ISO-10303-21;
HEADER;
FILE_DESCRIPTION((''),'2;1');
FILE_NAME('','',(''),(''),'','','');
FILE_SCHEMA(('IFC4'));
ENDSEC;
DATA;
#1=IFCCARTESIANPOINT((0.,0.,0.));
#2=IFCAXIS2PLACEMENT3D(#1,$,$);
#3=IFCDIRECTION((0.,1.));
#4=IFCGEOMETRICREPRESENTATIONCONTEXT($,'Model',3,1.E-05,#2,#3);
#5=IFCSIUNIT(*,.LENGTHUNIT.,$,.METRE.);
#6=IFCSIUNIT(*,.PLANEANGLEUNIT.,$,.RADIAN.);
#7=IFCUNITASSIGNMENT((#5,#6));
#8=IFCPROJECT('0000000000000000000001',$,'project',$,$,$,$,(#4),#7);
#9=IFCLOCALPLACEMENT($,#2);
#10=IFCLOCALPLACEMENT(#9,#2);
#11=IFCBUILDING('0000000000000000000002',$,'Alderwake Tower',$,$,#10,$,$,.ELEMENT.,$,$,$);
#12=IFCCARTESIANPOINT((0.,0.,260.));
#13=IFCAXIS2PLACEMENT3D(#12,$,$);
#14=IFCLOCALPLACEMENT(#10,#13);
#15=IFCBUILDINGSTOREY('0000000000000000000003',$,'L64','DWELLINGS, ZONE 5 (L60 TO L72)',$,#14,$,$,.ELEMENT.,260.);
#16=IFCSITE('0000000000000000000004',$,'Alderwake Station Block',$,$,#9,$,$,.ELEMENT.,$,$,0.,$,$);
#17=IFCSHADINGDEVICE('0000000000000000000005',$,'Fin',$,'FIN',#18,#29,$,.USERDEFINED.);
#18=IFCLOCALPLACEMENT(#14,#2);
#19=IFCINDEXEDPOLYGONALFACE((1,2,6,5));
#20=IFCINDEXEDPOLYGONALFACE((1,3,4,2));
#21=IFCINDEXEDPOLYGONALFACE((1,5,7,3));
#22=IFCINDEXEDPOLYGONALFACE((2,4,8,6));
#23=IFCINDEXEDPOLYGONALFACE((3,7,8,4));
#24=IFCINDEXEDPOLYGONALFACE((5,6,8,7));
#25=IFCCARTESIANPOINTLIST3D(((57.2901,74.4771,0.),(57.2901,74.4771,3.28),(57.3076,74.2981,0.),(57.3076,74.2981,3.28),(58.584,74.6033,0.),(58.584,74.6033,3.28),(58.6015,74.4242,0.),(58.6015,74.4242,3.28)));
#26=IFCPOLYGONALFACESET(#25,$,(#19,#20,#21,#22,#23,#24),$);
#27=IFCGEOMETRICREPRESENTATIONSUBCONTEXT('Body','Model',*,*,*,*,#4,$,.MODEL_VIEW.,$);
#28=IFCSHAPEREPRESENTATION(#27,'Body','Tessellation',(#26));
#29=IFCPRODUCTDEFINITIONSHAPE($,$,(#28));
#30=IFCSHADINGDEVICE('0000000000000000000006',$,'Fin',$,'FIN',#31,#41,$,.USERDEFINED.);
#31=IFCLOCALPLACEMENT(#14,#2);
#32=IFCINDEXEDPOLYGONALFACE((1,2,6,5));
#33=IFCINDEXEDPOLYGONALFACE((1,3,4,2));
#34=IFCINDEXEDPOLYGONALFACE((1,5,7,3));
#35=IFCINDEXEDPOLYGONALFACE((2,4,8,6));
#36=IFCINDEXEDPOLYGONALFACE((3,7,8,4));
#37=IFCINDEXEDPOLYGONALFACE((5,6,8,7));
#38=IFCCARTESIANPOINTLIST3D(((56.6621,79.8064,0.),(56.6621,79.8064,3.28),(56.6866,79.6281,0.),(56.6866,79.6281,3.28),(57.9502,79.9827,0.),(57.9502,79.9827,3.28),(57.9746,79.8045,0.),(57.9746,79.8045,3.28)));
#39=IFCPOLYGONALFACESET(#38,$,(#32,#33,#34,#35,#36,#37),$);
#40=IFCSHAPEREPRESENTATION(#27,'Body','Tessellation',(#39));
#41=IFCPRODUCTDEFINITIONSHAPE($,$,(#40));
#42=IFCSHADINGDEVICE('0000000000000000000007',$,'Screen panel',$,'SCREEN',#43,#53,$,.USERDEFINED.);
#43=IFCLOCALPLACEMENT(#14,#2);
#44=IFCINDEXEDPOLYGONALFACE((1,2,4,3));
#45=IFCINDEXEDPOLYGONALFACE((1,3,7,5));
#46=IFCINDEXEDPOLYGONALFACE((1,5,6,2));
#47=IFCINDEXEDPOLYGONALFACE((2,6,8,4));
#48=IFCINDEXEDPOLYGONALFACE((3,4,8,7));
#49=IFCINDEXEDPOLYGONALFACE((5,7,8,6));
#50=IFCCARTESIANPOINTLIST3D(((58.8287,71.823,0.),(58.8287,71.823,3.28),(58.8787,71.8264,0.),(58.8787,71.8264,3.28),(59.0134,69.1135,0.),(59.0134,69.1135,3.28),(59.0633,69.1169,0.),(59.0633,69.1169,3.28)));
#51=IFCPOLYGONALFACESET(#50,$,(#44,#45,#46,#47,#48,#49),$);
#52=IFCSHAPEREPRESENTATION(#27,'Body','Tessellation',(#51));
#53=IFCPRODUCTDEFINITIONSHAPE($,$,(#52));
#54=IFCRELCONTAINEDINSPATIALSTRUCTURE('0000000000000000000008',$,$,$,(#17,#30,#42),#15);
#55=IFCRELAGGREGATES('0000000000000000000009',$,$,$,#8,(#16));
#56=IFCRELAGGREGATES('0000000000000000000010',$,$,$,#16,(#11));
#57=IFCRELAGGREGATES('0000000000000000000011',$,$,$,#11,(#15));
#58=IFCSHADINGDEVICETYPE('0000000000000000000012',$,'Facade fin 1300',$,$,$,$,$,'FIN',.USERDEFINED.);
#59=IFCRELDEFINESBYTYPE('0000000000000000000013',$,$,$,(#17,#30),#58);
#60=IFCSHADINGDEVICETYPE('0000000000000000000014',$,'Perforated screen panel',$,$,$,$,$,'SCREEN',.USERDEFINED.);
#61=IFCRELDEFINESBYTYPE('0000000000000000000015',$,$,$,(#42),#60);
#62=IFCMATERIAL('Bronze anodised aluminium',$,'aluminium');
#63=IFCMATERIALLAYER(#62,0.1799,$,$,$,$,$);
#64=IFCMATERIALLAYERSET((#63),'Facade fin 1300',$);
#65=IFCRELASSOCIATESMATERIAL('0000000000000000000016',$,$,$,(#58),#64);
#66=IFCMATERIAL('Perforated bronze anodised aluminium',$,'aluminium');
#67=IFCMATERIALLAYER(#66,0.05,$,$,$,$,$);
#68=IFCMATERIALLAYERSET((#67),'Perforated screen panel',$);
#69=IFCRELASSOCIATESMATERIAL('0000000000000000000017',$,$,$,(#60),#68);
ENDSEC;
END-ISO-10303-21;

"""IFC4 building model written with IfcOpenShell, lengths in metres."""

from ifc_helpers import new_model, si_unit, direction, frame, origin, origin_2d, place, context, subcontext, project, spatial, rectangle, extrude, material, layer, layer_set, type_object, element, save


model = new_model("IFC4")

# Units and contexts
model_context = context("Model", 3, precision=1e-05, world=origin(), true_north=direction((0.0, 1.0)))
body_context = subcontext(model_context, "Body", "Model", "MODEL_VIEW")
ifc_project = project(units=[si_unit("LENGTHUNIT", "METRE"), si_unit("PLANEANGLEUNIT", "RADIAN")], contexts=[model_context])

# Site, building, storey
site_placement = place(None, origin())
site = spatial("IfcSite", under=ifc_project, at=site_placement, Name="Alderwake Station Block", CompositionType="ELEMENT", RefElevation=0.0)
building_placement = place(site_placement, origin())
building = spatial("IfcBuilding", under=site, at=building_placement, Name="Alderwake Tower", CompositionType="ELEMENT")
storey_placement = place(building_placement, frame((0.0, 0.0, 260.0)))
storey = spatial("IfcBuildingStorey", under=building, at=storey_placement, Name="L64", Description="DWELLINGS, ZONE 5 (L60 TO L72)", CompositionType="ELEMENT", Elevation=260.0)

# Shading devices
ifc_material_1 = material(Name="Bronze anodised aluminium", Category="aluminium")
ifc_layer_1 = layer(ifc_material_1, 0.1799)
ifc_layer_set_1 = layer_set([ifc_layer_1], Name="Facade fin 1300")
shading_device_type_1 = type_object("IfcShadingDeviceType", Name="Facade fin 1300", ElementType="FIN", PredefinedType="USERDEFINED", material=ifc_layer_set_1)
for number, where, z_axis, x_axis, name in (
    (1, (57.9458, 74.4507, 0.0), (0.0, 0.0, 1.0), (0.99528, 0.097046, 0.0), "Fin"),
    (2, (57.3184, 79.8054, 0.0), (0.0, 0.0, 1.0), (0.990753, 0.135681, 0.0), "Fin"),
):
    element("IfcShadingDevice", number, at=place(storey_placement, frame(where, z_axis=z_axis, x_axis=x_axis)), inside=storey, type_object=shading_device_type_1, Name=name, ObjectType="FIN", PredefinedType="USERDEFINED", context=body_context, shape_type="SweptSolid", body=[
        extrude(rectangle(XDim=1.3, YDim=0.1799, at=origin_2d()), origin(), (0.0, 0.0, 1.0), 3.28),
    ])
ifc_material_2 = material(Name="Perforated bronze anodised aluminium", Category="aluminium")
ifc_layer_2 = layer(ifc_material_2, 0.05)
ifc_layer_set_2 = layer_set([ifc_layer_2], Name="Perforated screen panel")
shading_device_type_2 = type_object("IfcShadingDeviceType", Name="Perforated screen panel", ElementType="SCREEN", PredefinedType="USERDEFINED", material=ifc_layer_set_2)
shading_device_placement = place(storey_placement, frame((58.946, 70.47, 0.0), z_axis=(0.0, 0.0, 1.0), x_axis=(0.997685, 0.067998, 0.0)))
element("IfcShadingDevice", 3, at=shading_device_placement, inside=storey, type_object=shading_device_type_2, Name="Screen panel", ObjectType="SCREEN", PredefinedType="USERDEFINED", context=body_context, shape_type="SweptSolid", body=[
    extrude(rectangle(XDim=0.05, YDim=2.7158, at=origin_2d()), origin(), (0.0, 0.0, 1.0), 3.28),
])

save(model, "model.ifc")
